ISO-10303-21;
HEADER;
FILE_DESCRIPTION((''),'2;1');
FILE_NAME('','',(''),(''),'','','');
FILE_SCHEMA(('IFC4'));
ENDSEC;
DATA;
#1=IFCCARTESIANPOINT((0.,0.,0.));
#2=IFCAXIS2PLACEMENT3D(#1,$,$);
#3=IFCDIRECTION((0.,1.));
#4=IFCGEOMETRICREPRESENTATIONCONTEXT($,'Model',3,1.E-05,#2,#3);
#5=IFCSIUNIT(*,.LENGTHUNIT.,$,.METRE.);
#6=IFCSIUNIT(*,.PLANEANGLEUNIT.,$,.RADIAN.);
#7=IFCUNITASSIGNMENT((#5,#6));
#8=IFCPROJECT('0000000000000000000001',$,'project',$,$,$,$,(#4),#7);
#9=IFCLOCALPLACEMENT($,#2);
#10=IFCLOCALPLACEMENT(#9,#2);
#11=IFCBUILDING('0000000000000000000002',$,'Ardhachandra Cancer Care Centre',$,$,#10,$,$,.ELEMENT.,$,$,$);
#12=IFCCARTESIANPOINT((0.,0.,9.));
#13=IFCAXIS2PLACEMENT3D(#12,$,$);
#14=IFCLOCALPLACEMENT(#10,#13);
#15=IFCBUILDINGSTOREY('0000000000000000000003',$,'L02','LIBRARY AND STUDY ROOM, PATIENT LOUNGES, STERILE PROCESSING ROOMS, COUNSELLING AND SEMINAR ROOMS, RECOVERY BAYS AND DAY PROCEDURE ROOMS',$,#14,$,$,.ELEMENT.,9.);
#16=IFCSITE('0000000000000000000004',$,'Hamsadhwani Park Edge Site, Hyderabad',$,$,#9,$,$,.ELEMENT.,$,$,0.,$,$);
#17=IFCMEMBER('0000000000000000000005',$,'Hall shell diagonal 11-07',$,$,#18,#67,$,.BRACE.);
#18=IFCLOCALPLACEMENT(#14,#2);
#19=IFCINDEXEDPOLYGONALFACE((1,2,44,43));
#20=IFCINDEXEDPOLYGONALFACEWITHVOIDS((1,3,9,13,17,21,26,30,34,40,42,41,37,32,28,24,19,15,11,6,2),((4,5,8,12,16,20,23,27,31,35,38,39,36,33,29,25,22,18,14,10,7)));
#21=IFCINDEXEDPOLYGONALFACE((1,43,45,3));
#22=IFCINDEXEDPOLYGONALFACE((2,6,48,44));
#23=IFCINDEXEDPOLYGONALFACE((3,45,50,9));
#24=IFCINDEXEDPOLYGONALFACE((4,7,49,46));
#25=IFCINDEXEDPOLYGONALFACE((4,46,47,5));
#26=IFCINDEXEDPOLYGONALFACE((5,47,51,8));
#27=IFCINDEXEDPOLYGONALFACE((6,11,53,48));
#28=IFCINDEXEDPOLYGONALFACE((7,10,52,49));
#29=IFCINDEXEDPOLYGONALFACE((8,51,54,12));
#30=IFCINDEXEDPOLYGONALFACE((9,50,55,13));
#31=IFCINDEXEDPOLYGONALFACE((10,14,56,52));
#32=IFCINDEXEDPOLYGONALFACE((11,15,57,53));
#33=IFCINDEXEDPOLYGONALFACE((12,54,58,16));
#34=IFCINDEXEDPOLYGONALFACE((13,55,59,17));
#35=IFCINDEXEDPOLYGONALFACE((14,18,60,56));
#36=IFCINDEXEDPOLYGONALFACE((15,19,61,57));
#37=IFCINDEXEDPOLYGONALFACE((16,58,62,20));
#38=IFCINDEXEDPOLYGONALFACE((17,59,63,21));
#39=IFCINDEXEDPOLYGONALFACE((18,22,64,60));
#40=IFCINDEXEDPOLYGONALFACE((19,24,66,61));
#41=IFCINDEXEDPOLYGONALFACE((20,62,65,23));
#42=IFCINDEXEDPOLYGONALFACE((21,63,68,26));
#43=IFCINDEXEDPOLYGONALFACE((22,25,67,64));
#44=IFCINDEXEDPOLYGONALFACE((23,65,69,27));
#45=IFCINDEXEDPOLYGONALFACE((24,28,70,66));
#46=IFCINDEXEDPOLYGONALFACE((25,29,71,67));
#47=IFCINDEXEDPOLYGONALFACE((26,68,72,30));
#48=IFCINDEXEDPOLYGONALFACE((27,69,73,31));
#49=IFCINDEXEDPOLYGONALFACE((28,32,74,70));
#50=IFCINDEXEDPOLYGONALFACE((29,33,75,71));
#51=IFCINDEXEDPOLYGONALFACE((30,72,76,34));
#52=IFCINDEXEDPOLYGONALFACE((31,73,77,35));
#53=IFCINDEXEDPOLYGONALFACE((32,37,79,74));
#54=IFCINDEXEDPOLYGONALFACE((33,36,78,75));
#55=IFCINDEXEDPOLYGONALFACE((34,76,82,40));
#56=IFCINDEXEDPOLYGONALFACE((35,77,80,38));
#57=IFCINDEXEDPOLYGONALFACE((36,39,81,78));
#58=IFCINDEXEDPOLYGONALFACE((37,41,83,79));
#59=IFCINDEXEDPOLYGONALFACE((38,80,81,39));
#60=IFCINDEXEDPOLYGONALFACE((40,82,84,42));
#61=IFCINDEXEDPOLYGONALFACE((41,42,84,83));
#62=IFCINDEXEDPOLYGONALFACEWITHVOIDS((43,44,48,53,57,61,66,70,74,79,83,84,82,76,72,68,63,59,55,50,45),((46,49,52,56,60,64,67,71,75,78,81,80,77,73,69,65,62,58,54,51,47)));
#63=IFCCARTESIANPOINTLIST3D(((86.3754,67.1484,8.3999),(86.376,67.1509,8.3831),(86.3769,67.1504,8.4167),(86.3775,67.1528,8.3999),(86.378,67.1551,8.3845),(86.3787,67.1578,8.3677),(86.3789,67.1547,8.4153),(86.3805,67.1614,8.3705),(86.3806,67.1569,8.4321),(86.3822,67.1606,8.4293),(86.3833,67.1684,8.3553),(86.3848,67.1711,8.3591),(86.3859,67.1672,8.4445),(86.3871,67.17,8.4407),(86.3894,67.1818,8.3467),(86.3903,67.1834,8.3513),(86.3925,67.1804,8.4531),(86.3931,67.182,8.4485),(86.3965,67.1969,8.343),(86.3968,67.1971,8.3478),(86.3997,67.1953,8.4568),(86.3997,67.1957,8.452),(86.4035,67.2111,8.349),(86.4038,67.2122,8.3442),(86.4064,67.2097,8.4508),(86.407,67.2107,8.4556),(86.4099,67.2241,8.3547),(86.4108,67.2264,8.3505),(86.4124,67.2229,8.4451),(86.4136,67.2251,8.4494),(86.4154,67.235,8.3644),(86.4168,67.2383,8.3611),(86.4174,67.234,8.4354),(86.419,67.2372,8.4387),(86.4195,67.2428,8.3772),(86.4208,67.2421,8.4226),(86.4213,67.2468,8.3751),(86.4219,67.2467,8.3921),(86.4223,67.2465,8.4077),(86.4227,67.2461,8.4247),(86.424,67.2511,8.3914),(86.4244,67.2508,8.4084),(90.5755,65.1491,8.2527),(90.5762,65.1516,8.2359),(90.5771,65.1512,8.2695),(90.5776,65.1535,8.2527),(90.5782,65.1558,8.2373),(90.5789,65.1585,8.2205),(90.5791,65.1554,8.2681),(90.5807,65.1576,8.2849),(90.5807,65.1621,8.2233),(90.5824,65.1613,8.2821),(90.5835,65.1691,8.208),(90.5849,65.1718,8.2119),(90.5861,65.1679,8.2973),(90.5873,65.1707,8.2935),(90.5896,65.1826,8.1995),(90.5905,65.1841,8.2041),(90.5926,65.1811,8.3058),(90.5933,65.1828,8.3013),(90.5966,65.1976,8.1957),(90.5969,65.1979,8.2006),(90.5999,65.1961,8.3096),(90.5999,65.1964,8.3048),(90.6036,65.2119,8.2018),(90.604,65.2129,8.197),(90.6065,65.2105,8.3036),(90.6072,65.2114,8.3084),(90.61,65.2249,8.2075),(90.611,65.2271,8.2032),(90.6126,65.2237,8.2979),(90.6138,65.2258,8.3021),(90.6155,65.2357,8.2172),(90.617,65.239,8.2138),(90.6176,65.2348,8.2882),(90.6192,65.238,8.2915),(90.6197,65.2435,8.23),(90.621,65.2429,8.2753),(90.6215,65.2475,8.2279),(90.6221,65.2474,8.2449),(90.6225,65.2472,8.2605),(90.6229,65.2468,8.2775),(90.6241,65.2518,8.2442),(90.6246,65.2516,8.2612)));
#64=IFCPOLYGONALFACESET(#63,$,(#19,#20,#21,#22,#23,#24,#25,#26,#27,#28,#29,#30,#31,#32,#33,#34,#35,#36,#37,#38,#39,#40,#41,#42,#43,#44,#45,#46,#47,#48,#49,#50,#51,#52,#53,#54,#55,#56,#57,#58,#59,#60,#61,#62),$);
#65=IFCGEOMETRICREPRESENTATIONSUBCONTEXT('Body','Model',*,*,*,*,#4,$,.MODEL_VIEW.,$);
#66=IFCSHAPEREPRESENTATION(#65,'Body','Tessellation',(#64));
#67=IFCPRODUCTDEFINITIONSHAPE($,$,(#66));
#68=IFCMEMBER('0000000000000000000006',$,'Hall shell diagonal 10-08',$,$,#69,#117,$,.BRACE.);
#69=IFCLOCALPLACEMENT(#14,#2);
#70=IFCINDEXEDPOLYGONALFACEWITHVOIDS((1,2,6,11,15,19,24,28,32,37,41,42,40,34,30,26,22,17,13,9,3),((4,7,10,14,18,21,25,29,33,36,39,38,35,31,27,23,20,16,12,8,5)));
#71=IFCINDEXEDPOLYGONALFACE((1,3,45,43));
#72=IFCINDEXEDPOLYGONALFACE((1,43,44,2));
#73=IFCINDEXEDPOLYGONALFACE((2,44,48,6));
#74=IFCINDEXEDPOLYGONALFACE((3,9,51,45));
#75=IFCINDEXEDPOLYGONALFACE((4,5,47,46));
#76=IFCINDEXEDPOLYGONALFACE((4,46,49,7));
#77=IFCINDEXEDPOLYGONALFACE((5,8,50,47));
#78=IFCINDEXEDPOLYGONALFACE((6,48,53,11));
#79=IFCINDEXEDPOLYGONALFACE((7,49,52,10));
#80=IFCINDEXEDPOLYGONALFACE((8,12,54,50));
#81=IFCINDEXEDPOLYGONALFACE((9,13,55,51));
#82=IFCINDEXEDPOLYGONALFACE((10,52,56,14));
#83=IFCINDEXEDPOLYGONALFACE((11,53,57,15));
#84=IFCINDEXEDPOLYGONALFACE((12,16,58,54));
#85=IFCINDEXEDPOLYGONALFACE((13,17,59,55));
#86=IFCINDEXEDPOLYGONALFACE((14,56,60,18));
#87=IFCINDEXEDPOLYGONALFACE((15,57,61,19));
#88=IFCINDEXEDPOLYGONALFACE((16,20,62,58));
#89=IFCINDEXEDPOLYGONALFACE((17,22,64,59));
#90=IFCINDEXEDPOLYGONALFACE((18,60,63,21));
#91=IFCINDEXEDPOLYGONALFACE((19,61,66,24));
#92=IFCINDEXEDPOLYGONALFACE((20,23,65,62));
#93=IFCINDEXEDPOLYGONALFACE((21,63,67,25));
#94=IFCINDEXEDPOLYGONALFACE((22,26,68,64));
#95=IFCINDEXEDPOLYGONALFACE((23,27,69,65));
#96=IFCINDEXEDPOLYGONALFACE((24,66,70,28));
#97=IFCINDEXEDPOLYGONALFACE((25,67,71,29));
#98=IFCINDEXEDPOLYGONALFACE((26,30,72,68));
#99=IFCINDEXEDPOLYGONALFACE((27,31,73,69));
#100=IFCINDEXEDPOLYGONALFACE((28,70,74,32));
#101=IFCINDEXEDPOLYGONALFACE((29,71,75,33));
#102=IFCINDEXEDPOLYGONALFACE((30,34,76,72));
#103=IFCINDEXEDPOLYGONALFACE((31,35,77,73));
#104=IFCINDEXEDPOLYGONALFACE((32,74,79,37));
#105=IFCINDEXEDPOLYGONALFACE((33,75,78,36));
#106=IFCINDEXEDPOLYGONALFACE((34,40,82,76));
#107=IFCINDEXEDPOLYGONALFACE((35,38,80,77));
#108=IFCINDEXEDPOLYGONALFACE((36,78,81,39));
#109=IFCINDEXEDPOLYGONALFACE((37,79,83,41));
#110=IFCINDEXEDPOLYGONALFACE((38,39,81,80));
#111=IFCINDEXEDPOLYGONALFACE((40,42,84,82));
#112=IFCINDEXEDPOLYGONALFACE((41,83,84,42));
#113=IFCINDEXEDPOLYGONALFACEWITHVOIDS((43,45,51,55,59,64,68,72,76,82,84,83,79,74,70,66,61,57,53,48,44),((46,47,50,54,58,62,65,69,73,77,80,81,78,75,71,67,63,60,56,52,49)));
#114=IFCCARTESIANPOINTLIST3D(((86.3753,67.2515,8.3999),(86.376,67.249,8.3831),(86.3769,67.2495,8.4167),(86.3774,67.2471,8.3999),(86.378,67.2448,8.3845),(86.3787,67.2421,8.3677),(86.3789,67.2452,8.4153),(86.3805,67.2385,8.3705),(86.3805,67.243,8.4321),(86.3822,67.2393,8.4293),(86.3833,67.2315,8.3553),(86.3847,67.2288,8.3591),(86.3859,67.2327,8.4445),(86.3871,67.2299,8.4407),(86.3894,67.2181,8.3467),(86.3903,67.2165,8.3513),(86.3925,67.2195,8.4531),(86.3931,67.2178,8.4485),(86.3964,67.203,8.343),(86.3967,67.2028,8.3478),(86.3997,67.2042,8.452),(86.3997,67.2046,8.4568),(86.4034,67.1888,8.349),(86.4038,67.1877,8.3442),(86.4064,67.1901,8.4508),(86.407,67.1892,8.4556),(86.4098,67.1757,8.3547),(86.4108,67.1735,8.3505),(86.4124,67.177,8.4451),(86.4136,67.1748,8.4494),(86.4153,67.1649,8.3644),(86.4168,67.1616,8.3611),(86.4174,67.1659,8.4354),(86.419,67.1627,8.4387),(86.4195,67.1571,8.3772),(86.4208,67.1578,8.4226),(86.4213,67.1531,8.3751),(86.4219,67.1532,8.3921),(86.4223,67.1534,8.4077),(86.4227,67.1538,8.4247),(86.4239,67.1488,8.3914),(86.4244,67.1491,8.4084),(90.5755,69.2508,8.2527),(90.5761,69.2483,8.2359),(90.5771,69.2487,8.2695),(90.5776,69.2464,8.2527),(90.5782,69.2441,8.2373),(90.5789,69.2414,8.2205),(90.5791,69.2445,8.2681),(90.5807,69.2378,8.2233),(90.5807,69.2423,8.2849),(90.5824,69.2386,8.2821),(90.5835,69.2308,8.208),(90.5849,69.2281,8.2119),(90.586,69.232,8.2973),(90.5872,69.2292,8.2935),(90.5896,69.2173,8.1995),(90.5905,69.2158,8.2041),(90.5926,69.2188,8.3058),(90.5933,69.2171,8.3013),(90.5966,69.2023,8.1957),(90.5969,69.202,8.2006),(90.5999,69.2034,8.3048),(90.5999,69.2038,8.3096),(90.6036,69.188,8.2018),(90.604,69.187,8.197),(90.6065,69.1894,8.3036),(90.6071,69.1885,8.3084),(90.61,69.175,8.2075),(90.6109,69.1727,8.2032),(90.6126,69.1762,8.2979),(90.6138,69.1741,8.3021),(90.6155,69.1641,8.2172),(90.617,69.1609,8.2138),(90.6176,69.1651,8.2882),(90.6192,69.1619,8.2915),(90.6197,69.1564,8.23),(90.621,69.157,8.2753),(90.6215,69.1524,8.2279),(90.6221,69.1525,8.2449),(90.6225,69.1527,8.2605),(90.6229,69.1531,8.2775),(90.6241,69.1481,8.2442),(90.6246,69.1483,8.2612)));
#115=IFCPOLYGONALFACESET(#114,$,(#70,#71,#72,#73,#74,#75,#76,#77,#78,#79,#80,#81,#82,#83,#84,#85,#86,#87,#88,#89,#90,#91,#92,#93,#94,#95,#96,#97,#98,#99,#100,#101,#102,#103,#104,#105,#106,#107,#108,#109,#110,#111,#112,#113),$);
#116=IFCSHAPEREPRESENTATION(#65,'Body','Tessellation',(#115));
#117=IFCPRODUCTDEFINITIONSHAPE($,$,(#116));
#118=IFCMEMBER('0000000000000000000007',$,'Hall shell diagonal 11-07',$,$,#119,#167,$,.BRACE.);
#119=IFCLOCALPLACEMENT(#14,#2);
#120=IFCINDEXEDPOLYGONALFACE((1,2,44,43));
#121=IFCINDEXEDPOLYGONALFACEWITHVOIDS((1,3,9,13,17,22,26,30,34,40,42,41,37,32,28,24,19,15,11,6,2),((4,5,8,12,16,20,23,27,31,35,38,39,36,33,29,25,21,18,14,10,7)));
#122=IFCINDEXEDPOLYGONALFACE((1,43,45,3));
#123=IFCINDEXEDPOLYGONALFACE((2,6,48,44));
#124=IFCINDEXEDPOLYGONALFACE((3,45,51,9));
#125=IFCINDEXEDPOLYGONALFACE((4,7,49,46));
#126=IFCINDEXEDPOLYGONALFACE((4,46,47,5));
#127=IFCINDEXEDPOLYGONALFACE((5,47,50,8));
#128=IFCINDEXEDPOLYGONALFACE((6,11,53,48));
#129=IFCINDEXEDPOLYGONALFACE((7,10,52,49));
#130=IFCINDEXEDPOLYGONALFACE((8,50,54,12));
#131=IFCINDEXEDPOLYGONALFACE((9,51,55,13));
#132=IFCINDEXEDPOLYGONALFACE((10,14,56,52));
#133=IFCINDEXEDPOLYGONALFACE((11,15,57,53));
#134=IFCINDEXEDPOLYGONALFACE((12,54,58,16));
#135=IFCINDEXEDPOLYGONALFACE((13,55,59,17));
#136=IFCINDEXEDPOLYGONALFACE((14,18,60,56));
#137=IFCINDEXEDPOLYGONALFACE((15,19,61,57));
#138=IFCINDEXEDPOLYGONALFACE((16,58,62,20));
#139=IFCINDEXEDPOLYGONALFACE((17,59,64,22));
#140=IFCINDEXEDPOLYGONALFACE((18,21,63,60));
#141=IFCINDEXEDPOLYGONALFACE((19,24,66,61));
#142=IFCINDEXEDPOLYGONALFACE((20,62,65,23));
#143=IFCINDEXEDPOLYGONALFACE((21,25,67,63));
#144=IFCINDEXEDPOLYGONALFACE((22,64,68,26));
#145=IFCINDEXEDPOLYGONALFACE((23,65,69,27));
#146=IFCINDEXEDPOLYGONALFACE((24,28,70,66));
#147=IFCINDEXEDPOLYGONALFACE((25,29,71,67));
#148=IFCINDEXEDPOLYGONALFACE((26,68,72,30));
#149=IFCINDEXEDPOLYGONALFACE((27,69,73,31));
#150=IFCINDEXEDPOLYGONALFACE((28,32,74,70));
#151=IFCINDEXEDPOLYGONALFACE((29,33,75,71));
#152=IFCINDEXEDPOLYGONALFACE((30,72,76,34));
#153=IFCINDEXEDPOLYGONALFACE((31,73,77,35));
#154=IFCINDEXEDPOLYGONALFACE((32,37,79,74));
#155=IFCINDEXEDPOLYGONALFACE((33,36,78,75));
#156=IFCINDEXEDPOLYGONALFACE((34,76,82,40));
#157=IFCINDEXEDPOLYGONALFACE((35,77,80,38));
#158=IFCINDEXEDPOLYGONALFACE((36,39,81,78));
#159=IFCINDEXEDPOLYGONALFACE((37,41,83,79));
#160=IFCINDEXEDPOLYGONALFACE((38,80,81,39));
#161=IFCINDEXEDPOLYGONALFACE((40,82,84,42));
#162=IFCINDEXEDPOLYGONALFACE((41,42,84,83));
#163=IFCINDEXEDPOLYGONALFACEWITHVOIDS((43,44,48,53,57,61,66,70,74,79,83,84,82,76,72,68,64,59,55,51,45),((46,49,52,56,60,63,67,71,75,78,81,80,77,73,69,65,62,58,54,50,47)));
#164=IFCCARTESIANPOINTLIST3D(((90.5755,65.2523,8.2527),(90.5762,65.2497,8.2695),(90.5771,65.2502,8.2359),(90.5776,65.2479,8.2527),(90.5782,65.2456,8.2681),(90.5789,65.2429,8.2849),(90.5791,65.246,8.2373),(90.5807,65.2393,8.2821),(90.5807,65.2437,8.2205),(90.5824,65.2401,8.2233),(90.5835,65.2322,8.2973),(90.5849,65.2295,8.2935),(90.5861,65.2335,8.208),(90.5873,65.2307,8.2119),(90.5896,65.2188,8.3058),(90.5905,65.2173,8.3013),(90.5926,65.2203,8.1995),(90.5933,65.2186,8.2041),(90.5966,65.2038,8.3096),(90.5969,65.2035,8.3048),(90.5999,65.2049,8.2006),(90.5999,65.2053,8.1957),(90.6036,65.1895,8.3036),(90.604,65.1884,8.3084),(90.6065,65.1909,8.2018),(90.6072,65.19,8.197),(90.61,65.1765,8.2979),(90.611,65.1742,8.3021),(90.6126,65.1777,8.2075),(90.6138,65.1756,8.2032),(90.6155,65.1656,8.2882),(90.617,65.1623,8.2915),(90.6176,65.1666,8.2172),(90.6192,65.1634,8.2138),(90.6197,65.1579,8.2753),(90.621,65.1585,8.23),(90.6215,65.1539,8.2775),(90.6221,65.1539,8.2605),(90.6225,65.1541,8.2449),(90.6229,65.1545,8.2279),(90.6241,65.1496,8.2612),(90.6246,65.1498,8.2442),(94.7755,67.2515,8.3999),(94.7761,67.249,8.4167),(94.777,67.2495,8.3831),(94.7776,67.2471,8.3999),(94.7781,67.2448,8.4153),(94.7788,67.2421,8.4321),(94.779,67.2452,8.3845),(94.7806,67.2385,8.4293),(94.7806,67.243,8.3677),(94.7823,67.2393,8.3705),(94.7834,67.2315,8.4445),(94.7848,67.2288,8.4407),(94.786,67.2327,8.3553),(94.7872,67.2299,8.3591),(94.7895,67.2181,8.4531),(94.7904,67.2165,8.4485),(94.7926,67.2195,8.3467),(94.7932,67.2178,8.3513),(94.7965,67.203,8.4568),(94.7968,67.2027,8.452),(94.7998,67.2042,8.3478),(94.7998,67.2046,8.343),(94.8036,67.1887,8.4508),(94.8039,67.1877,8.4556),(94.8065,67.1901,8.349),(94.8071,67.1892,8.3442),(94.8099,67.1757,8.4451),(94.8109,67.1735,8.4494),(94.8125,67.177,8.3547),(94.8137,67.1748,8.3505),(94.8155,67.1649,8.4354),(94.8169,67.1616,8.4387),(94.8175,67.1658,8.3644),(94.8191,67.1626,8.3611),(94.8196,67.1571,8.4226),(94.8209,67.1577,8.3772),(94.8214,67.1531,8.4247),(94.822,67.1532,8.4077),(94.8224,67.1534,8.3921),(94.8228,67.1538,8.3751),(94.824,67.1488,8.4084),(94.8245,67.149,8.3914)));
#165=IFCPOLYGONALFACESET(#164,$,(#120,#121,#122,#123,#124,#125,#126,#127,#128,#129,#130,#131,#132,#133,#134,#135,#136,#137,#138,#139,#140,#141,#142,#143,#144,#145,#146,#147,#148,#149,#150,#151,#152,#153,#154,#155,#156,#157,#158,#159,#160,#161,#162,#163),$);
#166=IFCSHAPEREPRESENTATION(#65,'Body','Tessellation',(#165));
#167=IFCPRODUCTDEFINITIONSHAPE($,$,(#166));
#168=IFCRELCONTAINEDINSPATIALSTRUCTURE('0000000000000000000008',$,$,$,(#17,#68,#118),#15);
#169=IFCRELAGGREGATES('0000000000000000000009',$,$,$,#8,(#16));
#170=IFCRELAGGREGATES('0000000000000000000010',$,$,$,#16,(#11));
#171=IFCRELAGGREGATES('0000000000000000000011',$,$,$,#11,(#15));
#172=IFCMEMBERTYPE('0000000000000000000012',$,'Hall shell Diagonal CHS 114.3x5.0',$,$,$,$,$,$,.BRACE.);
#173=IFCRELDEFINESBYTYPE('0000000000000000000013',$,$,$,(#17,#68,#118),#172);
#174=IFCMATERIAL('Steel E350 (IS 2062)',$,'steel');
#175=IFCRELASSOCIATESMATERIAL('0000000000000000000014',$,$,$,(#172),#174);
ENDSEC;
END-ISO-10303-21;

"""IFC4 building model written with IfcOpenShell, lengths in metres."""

from ifc_helpers import new_model, si_unit, direction, frame, origin, origin_2d, place, context, subcontext, project, spatial, hollow_circle, extrude, material, material_profile, profile_set, type_object, element, save


model = new_model("IFC4")

# Units and contexts
model_context = context("Model", 3, precision=1e-05, world=origin(), true_north=direction((0.0, 1.0)))
body_context = subcontext(model_context, "Body", "Model", "MODEL_VIEW")
ifc_project = project(units=[si_unit("LENGTHUNIT", "METRE"), si_unit("PLANEANGLEUNIT", "RADIAN")], contexts=[model_context])

# Site, building, storey
site_placement = place(None, origin())
site = spatial("IfcSite", under=ifc_project, at=site_placement, Name="Hamsadhwani Park Edge Site, Hyderabad", CompositionType="ELEMENT", RefElevation=0.0)
building_placement = place(site_placement, origin())
building = spatial("IfcBuilding", under=site, at=building_placement, Name="Ardhachandra Cancer Care Centre", CompositionType="ELEMENT")
storey_placement = place(building_placement, frame((0.0, 0.0, 9.0)))
storey = spatial("IfcBuildingStorey", under=building, at=storey_placement, Name="L02", Description="LIBRARY AND STUDY ROOM, PATIENT LOUNGES, STERILE PROCESSING ROOMS, COUNSELLING AND SEMINAR ROOMS, RECOVERY BAYS AND DAY PROCEDURE ROOMS", CompositionType="ELEMENT", Elevation=9.0)

# Members
ifc_material_1 = material(Name="Steel E350 (IS 2062)", Category="steel")
ifc_material_profile_1 = material_profile(ifc_material_1, hollow_circle(Radius=0.0571, WallThickness=0.0049, at=origin_2d()), Name="CHS 114.3x5.0")
ifc_profile_set_1 = profile_set([ifc_material_profile_1], Name="Steel E350 (IS 2062)")
member_type_1 = type_object("IfcMemberType", Name="Hall shell Diagonal CHS 114.3x5.0", PredefinedType="BRACE", material=ifc_profile_set_1)
for number, where, z_axis, x_axis, name in (
    (1, (90.6001, 65.2007, 8.2527), (-0.902478, 0.429574, 0.031632), (-0.429789, -0.902929, 0.0), "Hall shell diagonal 11-07"),
    (2, (86.3999, 67.2, 8.3999), (0.902478, 0.429574, -0.031632), (-0.429789, 0.902929, 0.0), "Hall shell diagonal 10-08"),
):
    element("IfcMember", number, at=place(storey_placement, frame(where, z_axis=z_axis, x_axis=x_axis)), inside=storey, type_object=member_type_1, Name=name, PredefinedType="BRACE", context=body_context, shape_type="SweptSolid", body=[
        extrude(hollow_circle(Radius=0.0571, WallThickness=0.0049, at=origin_2d()), origin(), (0.0, 0.0, 1.0), 4.6541),
    ])
member_1_placement = place(storey_placement, frame((90.6001, 65.2007, 8.2527), z_axis=(0.902468, 0.429594, 0.031633), x_axis=(-0.429809, 0.90292, 0.0)))
element("IfcMember", 3, at=member_1_placement, inside=storey, type_object=member_type_1, Name="Hall shell diagonal 11-07", PredefinedType="BRACE", context=body_context, shape_type="SweptSolid", body=[
    extrude(hollow_circle(Radius=0.0571, WallThickness=0.0049, at=origin_2d()), origin(), (0.0, 0.0, 1.0), 4.6538),
])

save(model, "model.ifc")
